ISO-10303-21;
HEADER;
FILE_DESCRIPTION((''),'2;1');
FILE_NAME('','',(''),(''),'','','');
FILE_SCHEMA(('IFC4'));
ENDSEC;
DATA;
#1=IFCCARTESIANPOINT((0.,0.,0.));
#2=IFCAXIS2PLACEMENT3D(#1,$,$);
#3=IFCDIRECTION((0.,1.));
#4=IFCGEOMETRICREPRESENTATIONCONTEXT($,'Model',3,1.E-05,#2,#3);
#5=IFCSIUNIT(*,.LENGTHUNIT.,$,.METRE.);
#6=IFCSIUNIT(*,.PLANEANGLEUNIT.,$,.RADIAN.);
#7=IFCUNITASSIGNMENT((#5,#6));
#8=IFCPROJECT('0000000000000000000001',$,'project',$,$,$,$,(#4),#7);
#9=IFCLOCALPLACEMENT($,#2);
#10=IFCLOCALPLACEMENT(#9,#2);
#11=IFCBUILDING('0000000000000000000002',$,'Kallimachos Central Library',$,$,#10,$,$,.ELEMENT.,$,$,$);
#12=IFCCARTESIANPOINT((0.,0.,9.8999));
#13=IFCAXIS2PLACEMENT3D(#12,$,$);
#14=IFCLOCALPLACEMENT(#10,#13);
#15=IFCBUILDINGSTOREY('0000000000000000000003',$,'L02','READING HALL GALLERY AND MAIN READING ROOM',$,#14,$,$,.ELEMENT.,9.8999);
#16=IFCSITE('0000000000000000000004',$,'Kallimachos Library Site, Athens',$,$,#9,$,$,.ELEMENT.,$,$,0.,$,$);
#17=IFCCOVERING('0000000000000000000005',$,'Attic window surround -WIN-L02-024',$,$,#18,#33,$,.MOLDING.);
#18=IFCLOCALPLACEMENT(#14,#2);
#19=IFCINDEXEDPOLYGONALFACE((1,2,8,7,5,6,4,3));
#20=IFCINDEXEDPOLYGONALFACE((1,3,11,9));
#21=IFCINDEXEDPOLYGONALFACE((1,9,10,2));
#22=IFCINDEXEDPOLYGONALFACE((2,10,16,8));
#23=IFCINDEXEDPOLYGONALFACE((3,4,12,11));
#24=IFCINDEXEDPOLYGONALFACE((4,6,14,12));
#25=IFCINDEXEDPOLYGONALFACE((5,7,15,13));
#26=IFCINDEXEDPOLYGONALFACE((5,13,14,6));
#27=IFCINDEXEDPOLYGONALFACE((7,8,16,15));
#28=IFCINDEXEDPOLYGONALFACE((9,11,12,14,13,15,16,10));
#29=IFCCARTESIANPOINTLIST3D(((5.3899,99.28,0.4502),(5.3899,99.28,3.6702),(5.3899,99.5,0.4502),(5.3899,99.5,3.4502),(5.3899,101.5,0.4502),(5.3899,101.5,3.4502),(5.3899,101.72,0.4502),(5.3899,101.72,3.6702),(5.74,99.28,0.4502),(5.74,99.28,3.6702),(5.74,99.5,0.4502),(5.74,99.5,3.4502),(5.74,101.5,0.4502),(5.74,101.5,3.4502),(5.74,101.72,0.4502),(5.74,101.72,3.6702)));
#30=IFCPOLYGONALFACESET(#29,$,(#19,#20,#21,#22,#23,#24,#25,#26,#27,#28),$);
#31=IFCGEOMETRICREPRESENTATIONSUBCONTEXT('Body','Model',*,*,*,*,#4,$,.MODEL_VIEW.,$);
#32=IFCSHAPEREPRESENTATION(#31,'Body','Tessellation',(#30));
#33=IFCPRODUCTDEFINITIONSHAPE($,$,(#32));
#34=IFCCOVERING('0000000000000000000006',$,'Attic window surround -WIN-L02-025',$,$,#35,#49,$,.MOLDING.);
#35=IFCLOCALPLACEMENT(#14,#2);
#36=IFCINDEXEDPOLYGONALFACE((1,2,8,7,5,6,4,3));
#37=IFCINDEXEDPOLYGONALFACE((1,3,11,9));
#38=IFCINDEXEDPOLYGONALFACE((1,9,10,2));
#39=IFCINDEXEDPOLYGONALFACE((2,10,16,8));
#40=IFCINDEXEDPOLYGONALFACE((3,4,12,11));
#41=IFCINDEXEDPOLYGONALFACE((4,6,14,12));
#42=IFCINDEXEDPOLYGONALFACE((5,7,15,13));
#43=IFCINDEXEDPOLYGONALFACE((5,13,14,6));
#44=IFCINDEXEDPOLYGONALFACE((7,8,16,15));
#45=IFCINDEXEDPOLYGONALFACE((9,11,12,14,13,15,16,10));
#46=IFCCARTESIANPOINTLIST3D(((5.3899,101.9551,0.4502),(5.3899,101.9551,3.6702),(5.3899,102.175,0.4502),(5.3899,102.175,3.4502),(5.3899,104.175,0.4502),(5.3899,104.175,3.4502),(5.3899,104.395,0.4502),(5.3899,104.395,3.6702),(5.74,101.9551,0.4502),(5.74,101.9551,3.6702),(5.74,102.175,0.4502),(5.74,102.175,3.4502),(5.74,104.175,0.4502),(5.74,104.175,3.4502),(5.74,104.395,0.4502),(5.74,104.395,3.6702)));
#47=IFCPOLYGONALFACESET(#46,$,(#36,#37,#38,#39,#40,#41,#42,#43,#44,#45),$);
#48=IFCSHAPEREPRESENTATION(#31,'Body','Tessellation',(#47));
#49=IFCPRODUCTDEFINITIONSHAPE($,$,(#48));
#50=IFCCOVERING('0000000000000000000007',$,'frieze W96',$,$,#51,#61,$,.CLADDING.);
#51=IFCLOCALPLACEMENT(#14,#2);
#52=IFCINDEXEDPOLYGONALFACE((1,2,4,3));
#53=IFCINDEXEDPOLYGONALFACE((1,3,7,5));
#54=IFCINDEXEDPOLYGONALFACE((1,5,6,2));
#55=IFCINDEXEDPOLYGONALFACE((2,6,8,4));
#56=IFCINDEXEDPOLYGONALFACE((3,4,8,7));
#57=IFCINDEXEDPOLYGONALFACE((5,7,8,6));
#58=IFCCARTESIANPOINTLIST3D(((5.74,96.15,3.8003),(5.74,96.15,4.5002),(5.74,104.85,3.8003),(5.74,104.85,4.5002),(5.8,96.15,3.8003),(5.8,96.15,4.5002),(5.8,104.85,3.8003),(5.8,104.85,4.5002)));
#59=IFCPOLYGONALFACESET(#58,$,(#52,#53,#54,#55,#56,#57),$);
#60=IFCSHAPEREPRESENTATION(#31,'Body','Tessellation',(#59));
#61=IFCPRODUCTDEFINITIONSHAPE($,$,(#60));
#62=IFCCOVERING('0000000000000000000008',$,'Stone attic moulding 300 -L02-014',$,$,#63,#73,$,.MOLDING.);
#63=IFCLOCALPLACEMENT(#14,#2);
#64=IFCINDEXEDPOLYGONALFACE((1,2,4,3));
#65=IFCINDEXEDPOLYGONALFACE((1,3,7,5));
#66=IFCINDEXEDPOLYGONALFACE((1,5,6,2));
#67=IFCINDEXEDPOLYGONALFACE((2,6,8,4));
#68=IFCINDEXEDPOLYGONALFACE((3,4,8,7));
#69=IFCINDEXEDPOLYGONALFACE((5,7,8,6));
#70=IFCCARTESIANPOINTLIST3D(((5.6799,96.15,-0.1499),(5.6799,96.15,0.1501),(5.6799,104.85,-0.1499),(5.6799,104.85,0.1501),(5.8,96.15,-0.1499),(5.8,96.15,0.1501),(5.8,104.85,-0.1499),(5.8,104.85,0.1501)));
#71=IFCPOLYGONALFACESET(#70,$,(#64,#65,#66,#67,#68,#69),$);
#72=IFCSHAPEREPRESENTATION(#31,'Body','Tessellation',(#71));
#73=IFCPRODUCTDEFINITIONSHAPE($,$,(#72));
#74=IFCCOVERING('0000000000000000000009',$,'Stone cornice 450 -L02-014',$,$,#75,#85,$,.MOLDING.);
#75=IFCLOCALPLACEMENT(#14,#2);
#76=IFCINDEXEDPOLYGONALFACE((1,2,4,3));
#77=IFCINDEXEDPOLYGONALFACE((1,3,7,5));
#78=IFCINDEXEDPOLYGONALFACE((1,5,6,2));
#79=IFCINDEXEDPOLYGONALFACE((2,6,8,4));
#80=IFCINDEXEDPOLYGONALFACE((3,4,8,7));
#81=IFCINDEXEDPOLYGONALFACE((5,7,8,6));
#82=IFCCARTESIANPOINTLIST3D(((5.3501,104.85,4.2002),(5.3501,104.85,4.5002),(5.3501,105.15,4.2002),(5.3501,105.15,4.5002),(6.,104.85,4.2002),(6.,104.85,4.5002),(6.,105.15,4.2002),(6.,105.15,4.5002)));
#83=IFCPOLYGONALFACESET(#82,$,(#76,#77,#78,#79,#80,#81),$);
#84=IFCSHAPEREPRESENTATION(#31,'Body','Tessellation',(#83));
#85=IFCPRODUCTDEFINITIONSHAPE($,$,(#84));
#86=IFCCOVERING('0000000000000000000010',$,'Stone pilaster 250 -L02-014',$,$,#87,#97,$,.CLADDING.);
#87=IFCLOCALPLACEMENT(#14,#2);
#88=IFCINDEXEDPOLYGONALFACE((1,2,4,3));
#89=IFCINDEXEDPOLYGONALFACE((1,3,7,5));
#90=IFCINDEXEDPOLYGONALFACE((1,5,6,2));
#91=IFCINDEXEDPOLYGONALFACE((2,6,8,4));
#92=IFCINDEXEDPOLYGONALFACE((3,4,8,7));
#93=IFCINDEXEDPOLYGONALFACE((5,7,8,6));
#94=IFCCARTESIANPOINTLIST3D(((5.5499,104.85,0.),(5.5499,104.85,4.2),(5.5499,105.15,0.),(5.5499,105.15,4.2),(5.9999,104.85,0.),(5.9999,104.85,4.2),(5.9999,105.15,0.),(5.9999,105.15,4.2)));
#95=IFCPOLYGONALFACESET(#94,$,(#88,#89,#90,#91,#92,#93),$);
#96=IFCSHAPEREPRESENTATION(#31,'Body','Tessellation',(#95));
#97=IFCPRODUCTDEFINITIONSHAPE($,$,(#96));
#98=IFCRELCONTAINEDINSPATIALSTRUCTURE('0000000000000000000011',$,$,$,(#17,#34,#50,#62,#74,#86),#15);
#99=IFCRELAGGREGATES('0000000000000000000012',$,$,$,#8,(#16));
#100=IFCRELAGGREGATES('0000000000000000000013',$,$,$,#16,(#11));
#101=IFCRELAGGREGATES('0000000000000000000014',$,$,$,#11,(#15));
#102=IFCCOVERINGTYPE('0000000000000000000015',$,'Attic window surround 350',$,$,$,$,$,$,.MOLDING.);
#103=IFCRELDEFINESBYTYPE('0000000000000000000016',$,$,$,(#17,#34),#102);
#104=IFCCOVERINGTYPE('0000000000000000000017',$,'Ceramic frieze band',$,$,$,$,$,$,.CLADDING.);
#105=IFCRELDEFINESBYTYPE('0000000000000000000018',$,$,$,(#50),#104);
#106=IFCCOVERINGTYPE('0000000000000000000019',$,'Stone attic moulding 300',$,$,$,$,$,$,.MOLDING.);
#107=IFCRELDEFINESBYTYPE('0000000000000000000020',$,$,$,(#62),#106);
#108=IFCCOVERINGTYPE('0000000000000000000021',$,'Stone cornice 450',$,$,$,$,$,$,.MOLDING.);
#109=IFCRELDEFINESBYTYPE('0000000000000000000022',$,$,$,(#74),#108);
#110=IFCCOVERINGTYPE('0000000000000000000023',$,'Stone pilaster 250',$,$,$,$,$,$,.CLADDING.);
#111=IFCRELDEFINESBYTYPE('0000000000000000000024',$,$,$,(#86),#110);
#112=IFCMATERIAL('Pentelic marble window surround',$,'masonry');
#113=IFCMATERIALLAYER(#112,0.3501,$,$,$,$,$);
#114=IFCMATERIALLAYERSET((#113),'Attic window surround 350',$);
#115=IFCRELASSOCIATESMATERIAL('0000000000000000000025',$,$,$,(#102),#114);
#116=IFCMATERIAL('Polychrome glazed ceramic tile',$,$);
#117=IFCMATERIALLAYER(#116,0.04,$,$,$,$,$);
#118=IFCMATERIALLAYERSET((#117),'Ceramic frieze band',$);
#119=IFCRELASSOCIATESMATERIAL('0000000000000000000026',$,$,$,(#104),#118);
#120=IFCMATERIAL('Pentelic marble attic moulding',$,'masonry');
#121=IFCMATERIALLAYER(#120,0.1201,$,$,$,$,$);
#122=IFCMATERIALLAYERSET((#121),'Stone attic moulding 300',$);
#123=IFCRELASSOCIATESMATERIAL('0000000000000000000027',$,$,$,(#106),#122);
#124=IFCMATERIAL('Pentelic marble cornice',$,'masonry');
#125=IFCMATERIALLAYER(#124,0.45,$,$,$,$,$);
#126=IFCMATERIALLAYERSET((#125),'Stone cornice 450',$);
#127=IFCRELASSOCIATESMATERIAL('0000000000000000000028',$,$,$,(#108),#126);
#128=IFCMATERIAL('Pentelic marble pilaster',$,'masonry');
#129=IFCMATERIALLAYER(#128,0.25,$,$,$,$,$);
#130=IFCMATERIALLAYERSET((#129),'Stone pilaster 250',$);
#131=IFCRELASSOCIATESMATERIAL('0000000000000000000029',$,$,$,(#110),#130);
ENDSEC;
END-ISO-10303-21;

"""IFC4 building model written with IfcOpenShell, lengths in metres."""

from ifc_helpers import new_model, si_unit, direction, frame, origin, origin_2d, place, context, subcontext, project, spatial, polyline, rectangle, outline, extrude, material, layer, layer_set, type_object, element, save


model = new_model("IFC4")

# Units and contexts
model_context = context("Model", 3, precision=1e-05, world=origin(), true_north=direction((0.0, 1.0)))
body_context = subcontext(model_context, "Body", "Model", "MODEL_VIEW")
ifc_project = project(units=[si_unit("LENGTHUNIT", "METRE"), si_unit("PLANEANGLEUNIT", "RADIAN")], contexts=[model_context])

# Site, building, storey
site_placement = place(None, origin())
site = spatial("IfcSite", under=ifc_project, at=site_placement, Name="Kallimachos Library Site, Athens", CompositionType="ELEMENT", RefElevation=0.0)
building_placement = place(site_placement, origin())
building = spatial("IfcBuilding", under=site, at=building_placement, Name="Kallimachos Central Library", CompositionType="ELEMENT")
storey_placement = place(building_placement, frame((0.0, 0.0, 9.8999)))
storey = spatial("IfcBuildingStorey", under=building, at=storey_placement, Name="L02", Description="READING HALL GALLERY AND MAIN READING ROOM", CompositionType="ELEMENT", Elevation=9.8999)

# Coverings
ifc_material_1 = material(Name="Pentelic marble window surround", Category="masonry")
ifc_layer_1 = layer(ifc_material_1, 0.3501)
ifc_layer_set_1 = layer_set([ifc_layer_1], Name="Attic window surround 350")
covering_type_1 = type_object("IfcCoveringType", Name="Attic window surround 350", PredefinedType="MOLDING", material=ifc_layer_set_1)
for number, where, z_axis, x_axis, name in (
    (1, (5.3899, 99.28, 0.4502), (-1.0, 0.0, 0.0), (0.0, 0.0, 1.0), "Attic window surround -WIN-L02-024"),
    (2, (5.3899, 101.9551, 0.4502), (-1.0, 0.0, 0.0), (0.0, 0.0, 1.0), "Attic window surround -WIN-L02-025"),
):
    element("IfcCovering", number, at=place(storey_placement, frame(where, z_axis=z_axis, x_axis=x_axis)), inside=storey, type_object=covering_type_1, Name=name, PredefinedType="MOLDING", context=body_context, shape_type="SweptSolid", body=[
        extrude(outline(polyline([(0.0, 0.0), (3.22, 0.0), (3.22, 2.4399), (0.0, 2.4399), (0.0, 2.22), (3.0, 2.22), (3.0, 0.22), (0.0, 0.22), (0.0, 0.0)])), origin(), (0.0, 0.0, -1.0), 0.3501),
    ])
ifc_material_2 = material(Name="Polychrome glazed ceramic tile")
ifc_layer_2 = layer(ifc_material_2, 0.04)
ifc_layer_set_2 = layer_set([ifc_layer_2], Name="Ceramic frieze band")
covering_type_2 = type_object("IfcCoveringType", Name="Ceramic frieze band", PredefinedType="CLADDING", material=ifc_layer_set_2)
covering_1_placement = place(storey_placement, frame((5.77, 100.5, 3.8003), z_axis=(0.0, 0.0, 1.0), x_axis=(1.0, 0.0, 0.0)))
element("IfcCovering", 3, at=covering_1_placement, inside=storey, type_object=covering_type_2, Name="frieze W96", PredefinedType="CLADDING", context=body_context, shape_type="SweptSolid", body=[
    extrude(rectangle(XDim=0.0601, YDim=8.7, at=origin_2d()), origin(), (0.0, 0.0, 1.0), 0.7),
])
ifc_material_3 = material(Name="Pentelic marble attic moulding", Category="masonry")
ifc_layer_3 = layer(ifc_material_3, 0.1201)
ifc_layer_set_3 = layer_set([ifc_layer_3], Name="Stone attic moulding 300")
covering_type_3 = type_object("IfcCoveringType", Name="Stone attic moulding 300", PredefinedType="MOLDING", material=ifc_layer_set_3)
covering_2_placement = place(storey_placement, frame((5.74, 100.5, -0.1499), z_axis=(0.0, 0.0, 1.0), x_axis=(1.0, 0.0, 0.0)))
element("IfcCovering", 4, at=covering_2_placement, inside=storey, type_object=covering_type_3, Name="Stone attic moulding 300 -L02-014", PredefinedType="MOLDING", context=body_context, shape_type="SweptSolid", body=[
    extrude(rectangle(XDim=0.1201, YDim=8.7, at=origin_2d()), origin(), (0.0, 0.0, 1.0), 0.3),
])
ifc_material_4 = material(Name="Pentelic marble cornice", Category="masonry")
ifc_layer_4 = layer(ifc_material_4, 0.45)
ifc_layer_set_4 = layer_set([ifc_layer_4], Name="Stone cornice 450")
covering_type_4 = type_object("IfcCoveringType", Name="Stone cornice 450", PredefinedType="MOLDING", material=ifc_layer_set_4)
covering_3_placement = place(storey_placement, frame((5.675, 105.0, 4.2002), z_axis=(0.0, 0.0, 1.0), x_axis=(1.0, 0.0, 0.0)))
element("IfcCovering", 5, at=covering_3_placement, inside=storey, type_object=covering_type_4, Name="Stone cornice 450 -L02-014", PredefinedType="MOLDING", context=body_context, shape_type="SweptSolid", body=[
    extrude(rectangle(XDim=0.6499, YDim=0.3, at=origin_2d()), origin(), (0.0, 0.0, 1.0), 0.3),
])
ifc_material_5 = material(Name="Pentelic marble pilaster", Category="masonry")
ifc_layer_5 = layer(ifc_material_5, 0.25)
ifc_layer_set_5 = layer_set([ifc_layer_5], Name="Stone pilaster 250")
covering_type_5 = type_object("IfcCoveringType", Name="Stone pilaster 250", PredefinedType="CLADDING", material=ifc_layer_set_5)
covering_4_placement = place(storey_placement, frame((5.7749, 105.0, 0.0), z_axis=(0.0, 0.0, 1.0), x_axis=(1.0, 0.0, 0.0)))
element("IfcCovering", 6, at=covering_4_placement, inside=storey, type_object=covering_type_5, Name="Stone pilaster 250 -L02-014", PredefinedType="CLADDING", context=body_context, shape_type="SweptSolid", body=[
    extrude(rectangle(XDim=0.45, YDim=0.3, at=origin_2d()), origin(), (0.0, 0.0, 1.0), 4.2),
])

save(model, "model.ifc")
